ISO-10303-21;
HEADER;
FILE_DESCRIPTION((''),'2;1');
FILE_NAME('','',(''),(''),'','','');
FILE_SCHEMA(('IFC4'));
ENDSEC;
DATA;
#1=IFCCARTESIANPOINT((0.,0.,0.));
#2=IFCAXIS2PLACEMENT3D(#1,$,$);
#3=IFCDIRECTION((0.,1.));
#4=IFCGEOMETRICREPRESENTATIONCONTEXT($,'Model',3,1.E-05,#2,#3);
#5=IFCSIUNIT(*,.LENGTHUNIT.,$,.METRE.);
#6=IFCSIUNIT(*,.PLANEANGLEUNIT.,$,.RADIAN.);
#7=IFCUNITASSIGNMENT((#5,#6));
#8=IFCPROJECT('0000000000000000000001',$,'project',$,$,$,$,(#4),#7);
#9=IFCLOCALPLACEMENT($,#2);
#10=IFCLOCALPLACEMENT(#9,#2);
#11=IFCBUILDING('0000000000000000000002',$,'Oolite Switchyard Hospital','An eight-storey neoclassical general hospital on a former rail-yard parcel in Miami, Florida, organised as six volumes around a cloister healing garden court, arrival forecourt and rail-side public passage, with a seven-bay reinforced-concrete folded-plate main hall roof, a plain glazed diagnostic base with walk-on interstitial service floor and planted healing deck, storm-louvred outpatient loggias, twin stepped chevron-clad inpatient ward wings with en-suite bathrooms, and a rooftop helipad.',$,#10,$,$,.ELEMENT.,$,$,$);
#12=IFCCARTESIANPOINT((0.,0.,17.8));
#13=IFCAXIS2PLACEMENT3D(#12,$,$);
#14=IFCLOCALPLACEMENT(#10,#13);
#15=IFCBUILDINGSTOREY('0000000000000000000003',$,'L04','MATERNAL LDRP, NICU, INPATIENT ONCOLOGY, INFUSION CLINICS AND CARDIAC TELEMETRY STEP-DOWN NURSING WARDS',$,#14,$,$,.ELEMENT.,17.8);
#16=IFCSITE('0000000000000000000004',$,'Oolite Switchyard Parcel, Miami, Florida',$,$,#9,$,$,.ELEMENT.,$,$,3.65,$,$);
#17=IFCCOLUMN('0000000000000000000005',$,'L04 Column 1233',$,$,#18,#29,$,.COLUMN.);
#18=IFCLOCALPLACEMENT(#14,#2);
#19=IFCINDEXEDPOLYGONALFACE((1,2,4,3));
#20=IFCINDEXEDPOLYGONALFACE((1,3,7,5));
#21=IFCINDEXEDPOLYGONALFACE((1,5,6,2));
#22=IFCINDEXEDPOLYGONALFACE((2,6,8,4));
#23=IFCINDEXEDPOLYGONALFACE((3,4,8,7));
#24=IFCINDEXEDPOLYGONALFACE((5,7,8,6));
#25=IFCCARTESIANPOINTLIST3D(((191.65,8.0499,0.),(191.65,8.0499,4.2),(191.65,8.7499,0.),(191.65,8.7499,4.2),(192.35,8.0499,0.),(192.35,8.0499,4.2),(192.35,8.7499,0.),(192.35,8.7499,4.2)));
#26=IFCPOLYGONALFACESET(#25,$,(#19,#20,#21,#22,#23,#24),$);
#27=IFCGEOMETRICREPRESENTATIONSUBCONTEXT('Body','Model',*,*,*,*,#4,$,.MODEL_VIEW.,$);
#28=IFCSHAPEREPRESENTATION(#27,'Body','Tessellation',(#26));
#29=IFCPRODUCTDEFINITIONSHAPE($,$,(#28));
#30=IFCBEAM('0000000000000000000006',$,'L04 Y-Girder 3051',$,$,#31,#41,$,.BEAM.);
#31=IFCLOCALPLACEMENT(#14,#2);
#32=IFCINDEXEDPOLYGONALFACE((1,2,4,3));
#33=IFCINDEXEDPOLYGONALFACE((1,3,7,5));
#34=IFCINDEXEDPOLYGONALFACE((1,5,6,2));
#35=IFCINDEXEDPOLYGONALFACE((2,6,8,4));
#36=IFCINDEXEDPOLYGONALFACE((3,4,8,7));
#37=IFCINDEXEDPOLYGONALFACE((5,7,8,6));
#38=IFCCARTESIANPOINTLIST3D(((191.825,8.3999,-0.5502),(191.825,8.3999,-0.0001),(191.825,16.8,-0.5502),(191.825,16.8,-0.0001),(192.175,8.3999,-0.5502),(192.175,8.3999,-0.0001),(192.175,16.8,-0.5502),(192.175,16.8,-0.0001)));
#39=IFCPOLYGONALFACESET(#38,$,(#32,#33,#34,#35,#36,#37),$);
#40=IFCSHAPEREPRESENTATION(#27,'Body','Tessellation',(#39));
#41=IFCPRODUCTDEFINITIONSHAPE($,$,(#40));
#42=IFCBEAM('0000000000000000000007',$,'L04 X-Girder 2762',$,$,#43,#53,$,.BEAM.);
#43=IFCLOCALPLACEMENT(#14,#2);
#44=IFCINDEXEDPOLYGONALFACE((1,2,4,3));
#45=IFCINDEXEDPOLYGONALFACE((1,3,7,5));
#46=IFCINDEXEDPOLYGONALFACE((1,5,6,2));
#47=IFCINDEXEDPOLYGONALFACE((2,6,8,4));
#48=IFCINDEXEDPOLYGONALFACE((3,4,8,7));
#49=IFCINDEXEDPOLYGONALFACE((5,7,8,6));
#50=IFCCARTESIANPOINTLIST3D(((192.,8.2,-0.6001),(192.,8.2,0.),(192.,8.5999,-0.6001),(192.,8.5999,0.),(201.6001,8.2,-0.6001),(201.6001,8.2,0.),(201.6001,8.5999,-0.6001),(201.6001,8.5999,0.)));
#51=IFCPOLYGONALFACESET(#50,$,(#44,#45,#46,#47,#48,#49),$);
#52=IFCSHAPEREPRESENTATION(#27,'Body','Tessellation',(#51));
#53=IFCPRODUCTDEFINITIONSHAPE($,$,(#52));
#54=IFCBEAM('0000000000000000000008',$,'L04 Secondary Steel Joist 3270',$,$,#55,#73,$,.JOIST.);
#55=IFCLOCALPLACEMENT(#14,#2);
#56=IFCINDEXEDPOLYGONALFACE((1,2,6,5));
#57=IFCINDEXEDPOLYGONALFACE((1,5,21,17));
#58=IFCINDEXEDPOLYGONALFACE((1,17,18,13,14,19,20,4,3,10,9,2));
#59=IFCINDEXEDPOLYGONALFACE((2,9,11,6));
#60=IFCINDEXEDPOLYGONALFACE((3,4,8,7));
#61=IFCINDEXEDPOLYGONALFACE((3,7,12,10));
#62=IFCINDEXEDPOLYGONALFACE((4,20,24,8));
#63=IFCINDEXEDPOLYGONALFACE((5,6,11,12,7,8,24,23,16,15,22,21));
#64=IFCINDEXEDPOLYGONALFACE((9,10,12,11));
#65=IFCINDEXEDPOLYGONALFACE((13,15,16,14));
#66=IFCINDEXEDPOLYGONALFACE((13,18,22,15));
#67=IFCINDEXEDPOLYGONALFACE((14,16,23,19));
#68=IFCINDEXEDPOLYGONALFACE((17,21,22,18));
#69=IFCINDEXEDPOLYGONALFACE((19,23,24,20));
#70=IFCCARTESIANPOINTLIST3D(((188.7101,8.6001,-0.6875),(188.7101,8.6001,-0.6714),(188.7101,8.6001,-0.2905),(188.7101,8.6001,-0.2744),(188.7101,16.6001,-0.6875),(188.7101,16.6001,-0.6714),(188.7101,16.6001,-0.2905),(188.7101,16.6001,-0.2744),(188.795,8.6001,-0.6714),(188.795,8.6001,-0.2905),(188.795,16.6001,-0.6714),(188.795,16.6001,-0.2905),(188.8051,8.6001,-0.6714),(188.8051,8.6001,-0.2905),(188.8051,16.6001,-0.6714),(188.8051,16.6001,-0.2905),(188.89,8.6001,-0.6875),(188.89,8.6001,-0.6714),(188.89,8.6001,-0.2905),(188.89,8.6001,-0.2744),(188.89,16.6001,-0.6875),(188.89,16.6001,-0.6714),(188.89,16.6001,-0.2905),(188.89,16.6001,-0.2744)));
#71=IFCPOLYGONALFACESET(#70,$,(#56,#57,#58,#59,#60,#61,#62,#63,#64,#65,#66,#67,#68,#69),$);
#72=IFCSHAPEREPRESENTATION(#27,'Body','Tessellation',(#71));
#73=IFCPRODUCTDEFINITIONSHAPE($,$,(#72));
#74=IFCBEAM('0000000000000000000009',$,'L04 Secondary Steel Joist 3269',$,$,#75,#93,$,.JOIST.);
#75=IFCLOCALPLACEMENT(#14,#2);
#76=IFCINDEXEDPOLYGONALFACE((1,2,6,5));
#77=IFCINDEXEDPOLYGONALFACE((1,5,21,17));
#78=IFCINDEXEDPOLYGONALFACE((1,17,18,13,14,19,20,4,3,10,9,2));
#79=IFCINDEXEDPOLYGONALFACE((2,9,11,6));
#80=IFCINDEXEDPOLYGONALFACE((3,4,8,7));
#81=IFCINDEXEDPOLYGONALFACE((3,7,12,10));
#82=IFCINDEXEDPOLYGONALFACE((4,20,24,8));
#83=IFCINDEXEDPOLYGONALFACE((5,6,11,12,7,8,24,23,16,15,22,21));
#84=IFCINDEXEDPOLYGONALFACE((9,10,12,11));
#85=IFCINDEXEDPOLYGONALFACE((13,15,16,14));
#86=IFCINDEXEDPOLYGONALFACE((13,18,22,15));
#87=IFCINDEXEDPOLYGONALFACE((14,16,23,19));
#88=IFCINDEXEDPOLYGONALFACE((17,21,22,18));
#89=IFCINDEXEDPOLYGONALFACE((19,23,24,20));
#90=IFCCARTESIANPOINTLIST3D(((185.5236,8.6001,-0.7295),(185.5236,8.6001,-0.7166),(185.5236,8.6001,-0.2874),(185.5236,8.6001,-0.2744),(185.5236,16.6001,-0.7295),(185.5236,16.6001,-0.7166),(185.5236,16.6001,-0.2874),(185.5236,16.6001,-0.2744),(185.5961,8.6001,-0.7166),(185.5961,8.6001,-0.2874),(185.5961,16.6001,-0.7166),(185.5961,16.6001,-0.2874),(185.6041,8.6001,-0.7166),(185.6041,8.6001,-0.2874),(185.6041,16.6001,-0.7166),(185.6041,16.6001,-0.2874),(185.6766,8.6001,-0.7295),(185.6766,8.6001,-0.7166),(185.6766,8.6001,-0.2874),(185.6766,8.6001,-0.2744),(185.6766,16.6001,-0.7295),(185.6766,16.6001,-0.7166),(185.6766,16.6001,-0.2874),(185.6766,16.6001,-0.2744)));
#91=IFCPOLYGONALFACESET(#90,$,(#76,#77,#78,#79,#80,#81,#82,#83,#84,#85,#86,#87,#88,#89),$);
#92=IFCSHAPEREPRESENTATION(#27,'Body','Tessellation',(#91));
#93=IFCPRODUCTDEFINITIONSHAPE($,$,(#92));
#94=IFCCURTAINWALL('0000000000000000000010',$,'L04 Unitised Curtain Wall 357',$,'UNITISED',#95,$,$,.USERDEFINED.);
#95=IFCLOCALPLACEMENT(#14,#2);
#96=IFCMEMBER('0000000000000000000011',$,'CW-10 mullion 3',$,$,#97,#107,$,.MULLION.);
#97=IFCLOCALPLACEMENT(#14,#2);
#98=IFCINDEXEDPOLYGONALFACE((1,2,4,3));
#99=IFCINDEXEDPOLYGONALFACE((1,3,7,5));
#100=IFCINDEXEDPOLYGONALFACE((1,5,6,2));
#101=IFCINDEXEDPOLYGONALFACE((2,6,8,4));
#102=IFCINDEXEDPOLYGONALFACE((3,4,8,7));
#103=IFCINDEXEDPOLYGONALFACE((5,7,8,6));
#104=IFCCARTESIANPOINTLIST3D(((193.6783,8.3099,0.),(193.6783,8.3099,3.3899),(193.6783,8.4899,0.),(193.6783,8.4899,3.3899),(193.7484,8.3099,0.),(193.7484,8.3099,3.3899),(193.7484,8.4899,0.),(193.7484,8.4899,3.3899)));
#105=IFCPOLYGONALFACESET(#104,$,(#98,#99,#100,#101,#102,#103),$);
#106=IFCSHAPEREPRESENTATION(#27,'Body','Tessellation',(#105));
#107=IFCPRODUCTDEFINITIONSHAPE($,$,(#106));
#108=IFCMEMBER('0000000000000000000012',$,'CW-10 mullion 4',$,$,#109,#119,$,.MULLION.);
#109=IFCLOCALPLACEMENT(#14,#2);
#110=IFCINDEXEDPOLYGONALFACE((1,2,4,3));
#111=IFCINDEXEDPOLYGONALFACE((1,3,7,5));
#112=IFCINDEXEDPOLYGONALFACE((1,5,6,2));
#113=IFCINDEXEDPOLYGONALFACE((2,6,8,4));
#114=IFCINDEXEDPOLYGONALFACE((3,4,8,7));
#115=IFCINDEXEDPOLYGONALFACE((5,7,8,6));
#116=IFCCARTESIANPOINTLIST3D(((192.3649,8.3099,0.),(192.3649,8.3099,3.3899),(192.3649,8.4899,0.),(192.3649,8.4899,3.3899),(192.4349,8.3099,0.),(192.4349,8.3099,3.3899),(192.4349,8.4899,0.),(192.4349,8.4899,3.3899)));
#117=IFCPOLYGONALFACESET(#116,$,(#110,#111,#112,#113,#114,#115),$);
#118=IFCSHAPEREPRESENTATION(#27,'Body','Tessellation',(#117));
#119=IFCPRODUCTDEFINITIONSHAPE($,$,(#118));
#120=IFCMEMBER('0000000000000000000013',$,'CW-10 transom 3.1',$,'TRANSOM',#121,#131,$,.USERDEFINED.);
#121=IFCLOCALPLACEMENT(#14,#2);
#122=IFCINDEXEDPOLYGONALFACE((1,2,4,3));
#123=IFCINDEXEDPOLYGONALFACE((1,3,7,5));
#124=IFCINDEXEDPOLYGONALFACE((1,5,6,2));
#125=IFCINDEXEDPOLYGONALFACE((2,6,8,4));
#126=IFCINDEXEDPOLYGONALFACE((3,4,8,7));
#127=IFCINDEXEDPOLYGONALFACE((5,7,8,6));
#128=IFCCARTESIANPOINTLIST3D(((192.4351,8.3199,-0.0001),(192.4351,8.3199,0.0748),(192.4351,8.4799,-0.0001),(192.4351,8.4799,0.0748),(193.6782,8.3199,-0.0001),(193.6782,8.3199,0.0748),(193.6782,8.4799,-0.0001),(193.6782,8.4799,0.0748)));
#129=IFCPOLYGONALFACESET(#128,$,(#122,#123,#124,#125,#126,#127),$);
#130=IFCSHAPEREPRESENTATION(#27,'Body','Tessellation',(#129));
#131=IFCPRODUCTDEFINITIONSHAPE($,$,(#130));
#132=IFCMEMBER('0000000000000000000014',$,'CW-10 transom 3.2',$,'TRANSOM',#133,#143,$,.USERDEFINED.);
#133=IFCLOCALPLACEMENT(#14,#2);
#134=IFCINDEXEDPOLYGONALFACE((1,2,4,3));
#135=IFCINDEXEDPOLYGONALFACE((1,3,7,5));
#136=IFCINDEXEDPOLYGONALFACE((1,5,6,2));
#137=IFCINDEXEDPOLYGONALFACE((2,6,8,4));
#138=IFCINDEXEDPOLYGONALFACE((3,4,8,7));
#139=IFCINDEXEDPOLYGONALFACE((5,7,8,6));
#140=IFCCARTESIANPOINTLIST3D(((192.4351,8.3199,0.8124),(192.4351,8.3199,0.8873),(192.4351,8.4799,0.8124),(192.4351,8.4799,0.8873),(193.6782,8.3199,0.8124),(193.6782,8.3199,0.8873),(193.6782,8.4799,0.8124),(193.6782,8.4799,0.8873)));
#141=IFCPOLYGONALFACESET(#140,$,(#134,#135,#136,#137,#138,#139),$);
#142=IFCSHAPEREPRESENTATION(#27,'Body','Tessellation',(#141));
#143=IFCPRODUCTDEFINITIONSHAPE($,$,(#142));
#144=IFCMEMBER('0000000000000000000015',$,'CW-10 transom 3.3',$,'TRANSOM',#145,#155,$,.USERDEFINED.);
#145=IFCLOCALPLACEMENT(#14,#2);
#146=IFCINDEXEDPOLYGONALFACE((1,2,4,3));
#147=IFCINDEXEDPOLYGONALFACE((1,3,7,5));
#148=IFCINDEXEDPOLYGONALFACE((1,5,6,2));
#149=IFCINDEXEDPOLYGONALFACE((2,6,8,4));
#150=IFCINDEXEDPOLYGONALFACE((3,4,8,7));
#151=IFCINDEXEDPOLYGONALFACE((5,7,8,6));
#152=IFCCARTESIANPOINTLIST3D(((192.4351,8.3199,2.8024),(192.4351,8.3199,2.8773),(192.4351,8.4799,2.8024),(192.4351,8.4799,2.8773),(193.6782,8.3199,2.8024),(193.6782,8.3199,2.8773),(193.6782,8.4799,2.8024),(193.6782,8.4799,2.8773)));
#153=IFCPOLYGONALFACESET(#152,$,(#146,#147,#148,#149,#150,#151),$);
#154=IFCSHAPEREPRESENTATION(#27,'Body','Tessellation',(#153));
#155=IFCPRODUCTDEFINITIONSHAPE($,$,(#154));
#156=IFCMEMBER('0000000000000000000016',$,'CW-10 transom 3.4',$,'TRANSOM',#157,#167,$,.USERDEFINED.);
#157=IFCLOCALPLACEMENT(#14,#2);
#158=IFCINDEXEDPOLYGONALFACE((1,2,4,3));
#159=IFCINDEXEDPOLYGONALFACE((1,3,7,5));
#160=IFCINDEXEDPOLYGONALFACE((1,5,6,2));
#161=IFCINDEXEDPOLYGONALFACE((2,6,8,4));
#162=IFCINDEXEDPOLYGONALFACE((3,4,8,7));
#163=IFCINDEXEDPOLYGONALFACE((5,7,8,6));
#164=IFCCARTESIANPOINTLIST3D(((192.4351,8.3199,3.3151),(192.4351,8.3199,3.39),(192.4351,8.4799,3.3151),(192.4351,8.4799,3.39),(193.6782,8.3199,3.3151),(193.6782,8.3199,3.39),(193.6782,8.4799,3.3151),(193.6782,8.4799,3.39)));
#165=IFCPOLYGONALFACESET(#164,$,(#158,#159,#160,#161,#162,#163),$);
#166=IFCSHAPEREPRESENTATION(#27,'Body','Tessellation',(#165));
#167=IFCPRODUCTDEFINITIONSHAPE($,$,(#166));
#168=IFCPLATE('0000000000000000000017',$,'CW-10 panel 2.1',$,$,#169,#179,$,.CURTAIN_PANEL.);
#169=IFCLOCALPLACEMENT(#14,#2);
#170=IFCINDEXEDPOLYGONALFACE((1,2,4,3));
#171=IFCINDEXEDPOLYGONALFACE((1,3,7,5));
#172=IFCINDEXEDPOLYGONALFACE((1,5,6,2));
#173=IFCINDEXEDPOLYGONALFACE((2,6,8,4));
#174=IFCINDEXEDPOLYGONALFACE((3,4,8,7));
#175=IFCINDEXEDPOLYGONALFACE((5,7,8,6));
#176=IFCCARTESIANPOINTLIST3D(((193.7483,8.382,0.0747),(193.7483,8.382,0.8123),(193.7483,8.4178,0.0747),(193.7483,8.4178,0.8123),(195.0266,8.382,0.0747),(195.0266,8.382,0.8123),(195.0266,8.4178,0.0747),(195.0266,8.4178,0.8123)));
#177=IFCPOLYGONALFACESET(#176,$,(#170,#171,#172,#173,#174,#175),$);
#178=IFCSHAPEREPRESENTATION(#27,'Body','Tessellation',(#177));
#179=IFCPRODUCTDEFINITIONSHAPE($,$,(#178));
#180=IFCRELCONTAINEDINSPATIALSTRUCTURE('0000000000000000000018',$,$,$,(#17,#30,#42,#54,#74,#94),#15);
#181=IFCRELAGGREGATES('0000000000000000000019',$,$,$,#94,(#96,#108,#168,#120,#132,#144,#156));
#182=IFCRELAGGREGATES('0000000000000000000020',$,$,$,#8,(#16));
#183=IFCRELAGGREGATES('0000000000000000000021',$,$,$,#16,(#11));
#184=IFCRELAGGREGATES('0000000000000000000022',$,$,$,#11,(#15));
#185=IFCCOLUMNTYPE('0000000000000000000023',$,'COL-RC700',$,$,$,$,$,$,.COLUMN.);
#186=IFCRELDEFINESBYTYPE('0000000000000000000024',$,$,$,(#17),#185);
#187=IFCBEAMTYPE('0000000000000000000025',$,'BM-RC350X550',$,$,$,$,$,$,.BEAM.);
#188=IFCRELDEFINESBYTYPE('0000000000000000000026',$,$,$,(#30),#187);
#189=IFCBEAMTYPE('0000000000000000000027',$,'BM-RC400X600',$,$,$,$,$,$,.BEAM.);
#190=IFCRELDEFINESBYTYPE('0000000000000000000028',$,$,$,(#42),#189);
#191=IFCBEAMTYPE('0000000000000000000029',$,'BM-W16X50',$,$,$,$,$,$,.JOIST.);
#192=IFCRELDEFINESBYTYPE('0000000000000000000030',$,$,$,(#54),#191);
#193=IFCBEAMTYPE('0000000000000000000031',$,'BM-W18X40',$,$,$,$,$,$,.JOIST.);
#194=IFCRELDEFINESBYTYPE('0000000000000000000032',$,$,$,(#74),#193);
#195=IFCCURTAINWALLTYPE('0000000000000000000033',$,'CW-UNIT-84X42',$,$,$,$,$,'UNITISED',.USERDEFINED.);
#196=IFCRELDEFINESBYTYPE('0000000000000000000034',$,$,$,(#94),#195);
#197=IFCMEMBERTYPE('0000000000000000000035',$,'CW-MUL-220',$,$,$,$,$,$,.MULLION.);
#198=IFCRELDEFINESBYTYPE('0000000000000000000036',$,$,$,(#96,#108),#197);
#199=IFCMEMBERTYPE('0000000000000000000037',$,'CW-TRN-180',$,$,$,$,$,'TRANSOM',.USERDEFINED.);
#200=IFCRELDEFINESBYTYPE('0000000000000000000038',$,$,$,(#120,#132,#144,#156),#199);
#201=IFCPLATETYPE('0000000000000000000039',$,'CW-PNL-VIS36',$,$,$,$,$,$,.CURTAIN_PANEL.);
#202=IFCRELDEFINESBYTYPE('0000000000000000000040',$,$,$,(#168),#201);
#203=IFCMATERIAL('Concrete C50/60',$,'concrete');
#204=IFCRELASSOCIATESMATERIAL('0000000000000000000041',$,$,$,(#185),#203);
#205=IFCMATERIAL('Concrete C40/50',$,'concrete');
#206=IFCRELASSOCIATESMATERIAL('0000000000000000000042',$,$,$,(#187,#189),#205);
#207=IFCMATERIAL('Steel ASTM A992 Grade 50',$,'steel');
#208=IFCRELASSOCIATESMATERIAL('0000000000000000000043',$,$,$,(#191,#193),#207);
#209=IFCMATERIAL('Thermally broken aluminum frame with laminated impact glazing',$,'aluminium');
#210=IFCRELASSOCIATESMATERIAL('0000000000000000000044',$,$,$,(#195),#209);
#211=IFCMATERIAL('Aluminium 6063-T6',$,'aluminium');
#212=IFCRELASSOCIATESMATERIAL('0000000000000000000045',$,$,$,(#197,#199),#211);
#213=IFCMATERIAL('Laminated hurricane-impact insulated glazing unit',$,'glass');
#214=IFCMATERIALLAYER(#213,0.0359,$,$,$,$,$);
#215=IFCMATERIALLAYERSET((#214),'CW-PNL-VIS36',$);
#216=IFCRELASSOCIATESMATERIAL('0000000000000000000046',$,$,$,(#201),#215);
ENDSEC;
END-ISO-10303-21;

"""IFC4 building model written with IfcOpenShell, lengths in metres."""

from ifc_helpers import new_model, si_unit, direction, frame, origin, origin_2d, place, context, subcontext, project, spatial, rectangle, i_section, extrude, material, layer, layer_set, material_profile, profile_set, type_object, element, aggregate, save


model = new_model("IFC4")

# Units and contexts
model_context = context("Model", 3, precision=1e-05, world=origin(), true_north=direction((0.0, 1.0)))
body_context = subcontext(model_context, "Body", "Model", "MODEL_VIEW")
ifc_project = project(units=[si_unit("LENGTHUNIT", "METRE"), si_unit("PLANEANGLEUNIT", "RADIAN")], contexts=[model_context])

# Site, building, storey
site_placement = place(None, origin())
site = spatial("IfcSite", under=ifc_project, at=site_placement, Name="Oolite Switchyard Parcel, Miami, Florida", CompositionType="ELEMENT", RefElevation=3.65)
building_placement = place(site_placement, origin())
building = spatial("IfcBuilding", under=site, at=building_placement, Name="Oolite Switchyard Hospital", Description="An eight-storey neoclassical general hospital on a former rail-yard parcel in Miami, Florida, organised as six volumes around a cloister healing garden court, arrival forecourt and rail-side public passage, with a seven-bay reinforced-concrete folded-plate main hall roof, a plain glazed diagnostic base with walk-on interstitial service floor and planted healing deck, storm-louvred outpatient loggias, twin stepped chevron-clad inpatient ward wings with en-suite bathrooms, and a rooftop helipad.", CompositionType="ELEMENT")
storey_placement = place(building_placement, frame((0.0, 0.0, 17.8)))
storey = spatial("IfcBuildingStorey", under=building, at=storey_placement, Name="L04", Description="MATERNAL LDRP, NICU, INPATIENT ONCOLOGY, INFUSION CLINICS AND CARDIAC TELEMETRY STEP-DOWN NURSING WARDS", CompositionType="ELEMENT", Elevation=17.8)

# Column
ifc_material_1 = material(Name="Concrete C50/60", Category="concrete")
ifc_material_profile_1 = material_profile(ifc_material_1, rectangle(XDim=0.7, YDim=0.7, at=origin_2d()), Name="RC700X700")
ifc_profile_set_1 = profile_set([ifc_material_profile_1], Name="Concrete C50/60")
column_type = type_object("IfcColumnType", Name="COL-RC700", PredefinedType="COLUMN", material=ifc_profile_set_1)
column_placement = place(storey_placement, frame((192.0, 8.3999, 0.0), z_axis=(0.0, 0.0, 1.0), x_axis=(1.0, 0.0, 0.0)))
element("IfcColumn", 1, at=column_placement, inside=storey, type_object=column_type, Name="L04 Column 1233", PredefinedType="COLUMN", context=body_context, shape_type="SweptSolid", body=[
    extrude(rectangle(XDim=0.7, YDim=0.7, at=origin_2d()), origin(), (0.0, 0.0, 1.0), 4.2),
])

# Beams
ifc_material_2 = material(Name="Concrete C40/50", Category="concrete")
ifc_material_profile_2 = material_profile(ifc_material_2, rectangle(XDim=0.3501, YDim=0.55, at=origin_2d()), Name="RCB350X550")
ifc_profile_set_2 = profile_set([ifc_material_profile_2], Name="Concrete C40/50")
beam_type_1 = type_object("IfcBeamType", Name="BM-RC350X550", PredefinedType="BEAM", material=ifc_profile_set_2)
beam_1_placement = place(storey_placement, frame((192.0, 8.3999, -0.2751), z_axis=(0.0, 1.0, 0.0), x_axis=(-1.0, 0.0, 0.0)))
element("IfcBeam", 2, at=beam_1_placement, inside=storey, type_object=beam_type_1, Name="L04 Y-Girder 3051", PredefinedType="BEAM", context=body_context, shape_type="SweptSolid", body=[
    extrude(rectangle(XDim=0.3501, YDim=0.55, at=origin_2d()), origin(), (0.0, 0.0, 1.0), 8.4001),
])
ifc_material_profile_3 = material_profile(ifc_material_2, rectangle(XDim=0.3999, YDim=0.6001, at=origin_2d()), Name="RCB400X600")
ifc_profile_set_3 = profile_set([ifc_material_profile_3], Name="Concrete C40/50")
beam_type_2 = type_object("IfcBeamType", Name="BM-RC400X600", PredefinedType="BEAM", material=ifc_profile_set_3)
beam_2_placement = place(storey_placement, frame((192.0, 8.3999, -0.3), z_axis=(1.0, 0.0, 0.0), x_axis=(0.0, 1.0, 0.0)))
element("IfcBeam", 3, at=beam_2_placement, inside=storey, type_object=beam_type_2, Name="L04 X-Girder 2762", PredefinedType="BEAM", context=body_context, shape_type="SweptSolid", body=[
    extrude(rectangle(XDim=0.3999, YDim=0.6001, at=origin_2d()), origin(), (0.0, 0.0, 1.0), 9.6001),
])
ifc_material_3 = material(Name="Steel ASTM A992 Grade 50", Category="steel")
ifc_material_profile_4 = material_profile(ifc_material_3, i_section(OverallWidth=0.1799, OverallDepth=0.4131, WebThickness=0.01, FlangeThickness=0.0161, at=origin_2d()), Name="W16X50")
ifc_profile_set_4 = profile_set([ifc_material_profile_4], Name="Steel ASTM A992 Grade 50")
beam_type_3 = type_object("IfcBeamType", Name="BM-W16X50", PredefinedType="JOIST", material=ifc_profile_set_4)
beam_3_placement = place(storey_placement, frame((188.8, 8.6001, -0.481), z_axis=(0.0, 1.0, 0.0), x_axis=(-1.0, 0.0, 0.0)))
element("IfcBeam", 4, at=beam_3_placement, inside=storey, type_object=beam_type_3, Name="L04 Secondary Steel Joist 3270", PredefinedType="JOIST", context=body_context, shape_type="SweptSolid", body=[
    extrude(i_section(OverallWidth=0.1799, OverallDepth=0.4131, WebThickness=0.01, FlangeThickness=0.0161, at=origin_2d()), origin(), (0.0, 0.0, 1.0), 8.0),
])
ifc_material_profile_5 = material_profile(ifc_material_3, i_section(OverallWidth=0.1531, OverallDepth=0.4551, WebThickness=0.0081, FlangeThickness=0.0129, at=origin_2d()), Name="W18X40")
ifc_profile_set_5 = profile_set([ifc_material_profile_5], Name="Steel ASTM A992 Grade 50")
beam_type_4 = type_object("IfcBeamType", Name="BM-W18X40", PredefinedType="JOIST", material=ifc_profile_set_5)
beam_4_placement = place(storey_placement, frame((185.6001, 8.6001, -0.502), z_axis=(0.0, 1.0, 0.0), x_axis=(-1.0, 0.0, 0.0)))
element("IfcBeam", 5, at=beam_4_placement, inside=storey, type_object=beam_type_4, Name="L04 Secondary Steel Joist 3269", PredefinedType="JOIST", context=body_context, shape_type="SweptSolid", body=[
    extrude(i_section(OverallWidth=0.1531, OverallDepth=0.4551, WebThickness=0.0081, FlangeThickness=0.0129, at=origin_2d()), origin(), (0.0, 0.0, 1.0), 8.0),
])

# Curtain wall, members, plate
ifc_material_4 = material(Name="Thermally broken aluminum frame with laminated impact glazing", Category="aluminium")
curtain_wall_type = type_object("IfcCurtainWallType", Name="CW-UNIT-84X42", ElementType="UNITISED", PredefinedType="USERDEFINED", material=ifc_material_4)
curtain_wall_placement = place(storey_placement, origin())
curtain_wall = element("IfcCurtainWall", 6, at=curtain_wall_placement, inside=storey, type_object=curtain_wall_type, Name="L04 Unitised Curtain Wall 357", ObjectType="UNITISED", PredefinedType="USERDEFINED")
ifc_material_5 = material(Name="Aluminium 6063-T6", Category="aluminium")
ifc_material_profile_6 = material_profile(ifc_material_5, rectangle(XDim=0.1799, YDim=0.0701, at=origin_2d()), Name="CWM70X180")
ifc_profile_set_6 = profile_set([ifc_material_profile_6], Name="Aluminium 6063-T6")
member_type_1 = type_object("IfcMemberType", Name="CW-MUL-220", PredefinedType="MULLION", material=ifc_profile_set_6)
member_1_placement = place(storey_placement, frame((193.7134, 8.3999, 0.0), z_axis=(0.0, 0.0, 1.0), x_axis=(0.0, -1.0, 0.0)))
member_1 = element("IfcMember", 7, at=member_1_placement, type_object=member_type_1, Name="CW-10 mullion 3", PredefinedType="MULLION", context=body_context, shape_type="SweptSolid", body=[
    extrude(rectangle(XDim=0.1799, YDim=0.0701, at=origin_2d()), origin(), (0.0, 0.0, 1.0), 3.3899),
])
member_2_placement = place(storey_placement, frame((192.3999, 8.3999, 0.0), z_axis=(0.0, 0.0, 1.0), x_axis=(0.0, -1.0, 0.0)))
member_2 = element("IfcMember", 8, at=member_2_placement, type_object=member_type_1, Name="CW-10 mullion 4", PredefinedType="MULLION", context=body_context, shape_type="SweptSolid", body=[
    extrude(rectangle(XDim=0.1799, YDim=0.0701, at=origin_2d()), origin(), (0.0, 0.0, 1.0), 3.3899),
])
ifc_material_profile_7 = material_profile(ifc_material_5, rectangle(XDim=0.1599, YDim=0.075, at=origin_2d()), Name="CWT75X160")
ifc_profile_set_7 = profile_set([ifc_material_profile_7], Name="Aluminium 6063-T6")
member_type_2 = type_object("IfcMemberType", Name="CW-TRN-180", ElementType="TRANSOM", PredefinedType="USERDEFINED", material=ifc_profile_set_7)
member_3_placement = place(storey_placement, frame((193.6782, 8.3999, 0.0374), z_axis=(-1.0, 0.0, 0.0), x_axis=(0.0, -1.0, 0.0)))
member_3 = element("IfcMember", 9, at=member_3_placement, type_object=member_type_2, Name="CW-10 transom 3.1", ObjectType="TRANSOM", PredefinedType="USERDEFINED", context=body_context, shape_type="SweptSolid", body=[
    extrude(rectangle(XDim=0.1599, YDim=0.075, at=origin_2d()), origin(), (0.0, 0.0, 1.0), 1.2432),
])
member_4_placement = place(storey_placement, frame((193.6782, 8.3999, 0.8499), z_axis=(-1.0, 0.0, 0.0), x_axis=(0.0, -1.0, 0.0)))
member_4 = element("IfcMember", 10, at=member_4_placement, type_object=member_type_2, Name="CW-10 transom 3.2", ObjectType="TRANSOM", PredefinedType="USERDEFINED", context=body_context, shape_type="SweptSolid", body=[
    extrude(rectangle(XDim=0.1599, YDim=0.075, at=origin_2d()), origin(), (0.0, 0.0, 1.0), 1.2432),
])
member_5_placement = place(storey_placement, frame((193.6782, 8.3999, 2.8398), z_axis=(-1.0, 0.0, 0.0), x_axis=(0.0, -1.0, 0.0)))
member_5 = element("IfcMember", 11, at=member_5_placement, type_object=member_type_2, Name="CW-10 transom 3.3", ObjectType="TRANSOM", PredefinedType="USERDEFINED", context=body_context, shape_type="SweptSolid", body=[
    extrude(rectangle(XDim=0.1599, YDim=0.075, at=origin_2d()), origin(), (0.0, 0.0, 1.0), 1.2432),
])
member_6_placement = place(storey_placement, frame((193.6782, 8.3999, 3.3525), z_axis=(-1.0, 0.0, 0.0), x_axis=(0.0, -1.0, 0.0)))
member_6 = element("IfcMember", 12, at=member_6_placement, type_object=member_type_2, Name="CW-10 transom 3.4", ObjectType="TRANSOM", PredefinedType="USERDEFINED", context=body_context, shape_type="SweptSolid", body=[
    extrude(rectangle(XDim=0.1599, YDim=0.075, at=origin_2d()), origin(), (0.0, 0.0, 1.0), 1.2432),
])
ifc_material_6 = material(Name="Laminated hurricane-impact insulated glazing unit", Category="glass")
ifc_layer_1 = layer(ifc_material_6, 0.0359)
ifc_layer_set_1 = layer_set([ifc_layer_1], Name="CW-PNL-VIS36")
plate_type = type_object("IfcPlateType", Name="CW-PNL-VIS36", PredefinedType="CURTAIN_PANEL", material=ifc_layer_set_1)
plate_1_placement = place(storey_placement, frame((194.3875, 8.3999, 0.0747), z_axis=(0.0, 0.0, 1.0), x_axis=(-1.0, 0.0, 0.0)))
plate_1 = element("IfcPlate", 13, at=plate_1_placement, type_object=plate_type, Name="CW-10 panel 2.1", PredefinedType="CURTAIN_PANEL", context=body_context, shape_type="SweptSolid", body=[
    extrude(rectangle(XDim=1.2783, YDim=0.0359, at=origin_2d()), origin(), (0.0, 0.0, 1.0), 0.7375),
])
aggregate(curtain_wall, [member_1, member_2, plate_1, member_3, member_4, member_5, member_6])

save(model, "model.ifc")
